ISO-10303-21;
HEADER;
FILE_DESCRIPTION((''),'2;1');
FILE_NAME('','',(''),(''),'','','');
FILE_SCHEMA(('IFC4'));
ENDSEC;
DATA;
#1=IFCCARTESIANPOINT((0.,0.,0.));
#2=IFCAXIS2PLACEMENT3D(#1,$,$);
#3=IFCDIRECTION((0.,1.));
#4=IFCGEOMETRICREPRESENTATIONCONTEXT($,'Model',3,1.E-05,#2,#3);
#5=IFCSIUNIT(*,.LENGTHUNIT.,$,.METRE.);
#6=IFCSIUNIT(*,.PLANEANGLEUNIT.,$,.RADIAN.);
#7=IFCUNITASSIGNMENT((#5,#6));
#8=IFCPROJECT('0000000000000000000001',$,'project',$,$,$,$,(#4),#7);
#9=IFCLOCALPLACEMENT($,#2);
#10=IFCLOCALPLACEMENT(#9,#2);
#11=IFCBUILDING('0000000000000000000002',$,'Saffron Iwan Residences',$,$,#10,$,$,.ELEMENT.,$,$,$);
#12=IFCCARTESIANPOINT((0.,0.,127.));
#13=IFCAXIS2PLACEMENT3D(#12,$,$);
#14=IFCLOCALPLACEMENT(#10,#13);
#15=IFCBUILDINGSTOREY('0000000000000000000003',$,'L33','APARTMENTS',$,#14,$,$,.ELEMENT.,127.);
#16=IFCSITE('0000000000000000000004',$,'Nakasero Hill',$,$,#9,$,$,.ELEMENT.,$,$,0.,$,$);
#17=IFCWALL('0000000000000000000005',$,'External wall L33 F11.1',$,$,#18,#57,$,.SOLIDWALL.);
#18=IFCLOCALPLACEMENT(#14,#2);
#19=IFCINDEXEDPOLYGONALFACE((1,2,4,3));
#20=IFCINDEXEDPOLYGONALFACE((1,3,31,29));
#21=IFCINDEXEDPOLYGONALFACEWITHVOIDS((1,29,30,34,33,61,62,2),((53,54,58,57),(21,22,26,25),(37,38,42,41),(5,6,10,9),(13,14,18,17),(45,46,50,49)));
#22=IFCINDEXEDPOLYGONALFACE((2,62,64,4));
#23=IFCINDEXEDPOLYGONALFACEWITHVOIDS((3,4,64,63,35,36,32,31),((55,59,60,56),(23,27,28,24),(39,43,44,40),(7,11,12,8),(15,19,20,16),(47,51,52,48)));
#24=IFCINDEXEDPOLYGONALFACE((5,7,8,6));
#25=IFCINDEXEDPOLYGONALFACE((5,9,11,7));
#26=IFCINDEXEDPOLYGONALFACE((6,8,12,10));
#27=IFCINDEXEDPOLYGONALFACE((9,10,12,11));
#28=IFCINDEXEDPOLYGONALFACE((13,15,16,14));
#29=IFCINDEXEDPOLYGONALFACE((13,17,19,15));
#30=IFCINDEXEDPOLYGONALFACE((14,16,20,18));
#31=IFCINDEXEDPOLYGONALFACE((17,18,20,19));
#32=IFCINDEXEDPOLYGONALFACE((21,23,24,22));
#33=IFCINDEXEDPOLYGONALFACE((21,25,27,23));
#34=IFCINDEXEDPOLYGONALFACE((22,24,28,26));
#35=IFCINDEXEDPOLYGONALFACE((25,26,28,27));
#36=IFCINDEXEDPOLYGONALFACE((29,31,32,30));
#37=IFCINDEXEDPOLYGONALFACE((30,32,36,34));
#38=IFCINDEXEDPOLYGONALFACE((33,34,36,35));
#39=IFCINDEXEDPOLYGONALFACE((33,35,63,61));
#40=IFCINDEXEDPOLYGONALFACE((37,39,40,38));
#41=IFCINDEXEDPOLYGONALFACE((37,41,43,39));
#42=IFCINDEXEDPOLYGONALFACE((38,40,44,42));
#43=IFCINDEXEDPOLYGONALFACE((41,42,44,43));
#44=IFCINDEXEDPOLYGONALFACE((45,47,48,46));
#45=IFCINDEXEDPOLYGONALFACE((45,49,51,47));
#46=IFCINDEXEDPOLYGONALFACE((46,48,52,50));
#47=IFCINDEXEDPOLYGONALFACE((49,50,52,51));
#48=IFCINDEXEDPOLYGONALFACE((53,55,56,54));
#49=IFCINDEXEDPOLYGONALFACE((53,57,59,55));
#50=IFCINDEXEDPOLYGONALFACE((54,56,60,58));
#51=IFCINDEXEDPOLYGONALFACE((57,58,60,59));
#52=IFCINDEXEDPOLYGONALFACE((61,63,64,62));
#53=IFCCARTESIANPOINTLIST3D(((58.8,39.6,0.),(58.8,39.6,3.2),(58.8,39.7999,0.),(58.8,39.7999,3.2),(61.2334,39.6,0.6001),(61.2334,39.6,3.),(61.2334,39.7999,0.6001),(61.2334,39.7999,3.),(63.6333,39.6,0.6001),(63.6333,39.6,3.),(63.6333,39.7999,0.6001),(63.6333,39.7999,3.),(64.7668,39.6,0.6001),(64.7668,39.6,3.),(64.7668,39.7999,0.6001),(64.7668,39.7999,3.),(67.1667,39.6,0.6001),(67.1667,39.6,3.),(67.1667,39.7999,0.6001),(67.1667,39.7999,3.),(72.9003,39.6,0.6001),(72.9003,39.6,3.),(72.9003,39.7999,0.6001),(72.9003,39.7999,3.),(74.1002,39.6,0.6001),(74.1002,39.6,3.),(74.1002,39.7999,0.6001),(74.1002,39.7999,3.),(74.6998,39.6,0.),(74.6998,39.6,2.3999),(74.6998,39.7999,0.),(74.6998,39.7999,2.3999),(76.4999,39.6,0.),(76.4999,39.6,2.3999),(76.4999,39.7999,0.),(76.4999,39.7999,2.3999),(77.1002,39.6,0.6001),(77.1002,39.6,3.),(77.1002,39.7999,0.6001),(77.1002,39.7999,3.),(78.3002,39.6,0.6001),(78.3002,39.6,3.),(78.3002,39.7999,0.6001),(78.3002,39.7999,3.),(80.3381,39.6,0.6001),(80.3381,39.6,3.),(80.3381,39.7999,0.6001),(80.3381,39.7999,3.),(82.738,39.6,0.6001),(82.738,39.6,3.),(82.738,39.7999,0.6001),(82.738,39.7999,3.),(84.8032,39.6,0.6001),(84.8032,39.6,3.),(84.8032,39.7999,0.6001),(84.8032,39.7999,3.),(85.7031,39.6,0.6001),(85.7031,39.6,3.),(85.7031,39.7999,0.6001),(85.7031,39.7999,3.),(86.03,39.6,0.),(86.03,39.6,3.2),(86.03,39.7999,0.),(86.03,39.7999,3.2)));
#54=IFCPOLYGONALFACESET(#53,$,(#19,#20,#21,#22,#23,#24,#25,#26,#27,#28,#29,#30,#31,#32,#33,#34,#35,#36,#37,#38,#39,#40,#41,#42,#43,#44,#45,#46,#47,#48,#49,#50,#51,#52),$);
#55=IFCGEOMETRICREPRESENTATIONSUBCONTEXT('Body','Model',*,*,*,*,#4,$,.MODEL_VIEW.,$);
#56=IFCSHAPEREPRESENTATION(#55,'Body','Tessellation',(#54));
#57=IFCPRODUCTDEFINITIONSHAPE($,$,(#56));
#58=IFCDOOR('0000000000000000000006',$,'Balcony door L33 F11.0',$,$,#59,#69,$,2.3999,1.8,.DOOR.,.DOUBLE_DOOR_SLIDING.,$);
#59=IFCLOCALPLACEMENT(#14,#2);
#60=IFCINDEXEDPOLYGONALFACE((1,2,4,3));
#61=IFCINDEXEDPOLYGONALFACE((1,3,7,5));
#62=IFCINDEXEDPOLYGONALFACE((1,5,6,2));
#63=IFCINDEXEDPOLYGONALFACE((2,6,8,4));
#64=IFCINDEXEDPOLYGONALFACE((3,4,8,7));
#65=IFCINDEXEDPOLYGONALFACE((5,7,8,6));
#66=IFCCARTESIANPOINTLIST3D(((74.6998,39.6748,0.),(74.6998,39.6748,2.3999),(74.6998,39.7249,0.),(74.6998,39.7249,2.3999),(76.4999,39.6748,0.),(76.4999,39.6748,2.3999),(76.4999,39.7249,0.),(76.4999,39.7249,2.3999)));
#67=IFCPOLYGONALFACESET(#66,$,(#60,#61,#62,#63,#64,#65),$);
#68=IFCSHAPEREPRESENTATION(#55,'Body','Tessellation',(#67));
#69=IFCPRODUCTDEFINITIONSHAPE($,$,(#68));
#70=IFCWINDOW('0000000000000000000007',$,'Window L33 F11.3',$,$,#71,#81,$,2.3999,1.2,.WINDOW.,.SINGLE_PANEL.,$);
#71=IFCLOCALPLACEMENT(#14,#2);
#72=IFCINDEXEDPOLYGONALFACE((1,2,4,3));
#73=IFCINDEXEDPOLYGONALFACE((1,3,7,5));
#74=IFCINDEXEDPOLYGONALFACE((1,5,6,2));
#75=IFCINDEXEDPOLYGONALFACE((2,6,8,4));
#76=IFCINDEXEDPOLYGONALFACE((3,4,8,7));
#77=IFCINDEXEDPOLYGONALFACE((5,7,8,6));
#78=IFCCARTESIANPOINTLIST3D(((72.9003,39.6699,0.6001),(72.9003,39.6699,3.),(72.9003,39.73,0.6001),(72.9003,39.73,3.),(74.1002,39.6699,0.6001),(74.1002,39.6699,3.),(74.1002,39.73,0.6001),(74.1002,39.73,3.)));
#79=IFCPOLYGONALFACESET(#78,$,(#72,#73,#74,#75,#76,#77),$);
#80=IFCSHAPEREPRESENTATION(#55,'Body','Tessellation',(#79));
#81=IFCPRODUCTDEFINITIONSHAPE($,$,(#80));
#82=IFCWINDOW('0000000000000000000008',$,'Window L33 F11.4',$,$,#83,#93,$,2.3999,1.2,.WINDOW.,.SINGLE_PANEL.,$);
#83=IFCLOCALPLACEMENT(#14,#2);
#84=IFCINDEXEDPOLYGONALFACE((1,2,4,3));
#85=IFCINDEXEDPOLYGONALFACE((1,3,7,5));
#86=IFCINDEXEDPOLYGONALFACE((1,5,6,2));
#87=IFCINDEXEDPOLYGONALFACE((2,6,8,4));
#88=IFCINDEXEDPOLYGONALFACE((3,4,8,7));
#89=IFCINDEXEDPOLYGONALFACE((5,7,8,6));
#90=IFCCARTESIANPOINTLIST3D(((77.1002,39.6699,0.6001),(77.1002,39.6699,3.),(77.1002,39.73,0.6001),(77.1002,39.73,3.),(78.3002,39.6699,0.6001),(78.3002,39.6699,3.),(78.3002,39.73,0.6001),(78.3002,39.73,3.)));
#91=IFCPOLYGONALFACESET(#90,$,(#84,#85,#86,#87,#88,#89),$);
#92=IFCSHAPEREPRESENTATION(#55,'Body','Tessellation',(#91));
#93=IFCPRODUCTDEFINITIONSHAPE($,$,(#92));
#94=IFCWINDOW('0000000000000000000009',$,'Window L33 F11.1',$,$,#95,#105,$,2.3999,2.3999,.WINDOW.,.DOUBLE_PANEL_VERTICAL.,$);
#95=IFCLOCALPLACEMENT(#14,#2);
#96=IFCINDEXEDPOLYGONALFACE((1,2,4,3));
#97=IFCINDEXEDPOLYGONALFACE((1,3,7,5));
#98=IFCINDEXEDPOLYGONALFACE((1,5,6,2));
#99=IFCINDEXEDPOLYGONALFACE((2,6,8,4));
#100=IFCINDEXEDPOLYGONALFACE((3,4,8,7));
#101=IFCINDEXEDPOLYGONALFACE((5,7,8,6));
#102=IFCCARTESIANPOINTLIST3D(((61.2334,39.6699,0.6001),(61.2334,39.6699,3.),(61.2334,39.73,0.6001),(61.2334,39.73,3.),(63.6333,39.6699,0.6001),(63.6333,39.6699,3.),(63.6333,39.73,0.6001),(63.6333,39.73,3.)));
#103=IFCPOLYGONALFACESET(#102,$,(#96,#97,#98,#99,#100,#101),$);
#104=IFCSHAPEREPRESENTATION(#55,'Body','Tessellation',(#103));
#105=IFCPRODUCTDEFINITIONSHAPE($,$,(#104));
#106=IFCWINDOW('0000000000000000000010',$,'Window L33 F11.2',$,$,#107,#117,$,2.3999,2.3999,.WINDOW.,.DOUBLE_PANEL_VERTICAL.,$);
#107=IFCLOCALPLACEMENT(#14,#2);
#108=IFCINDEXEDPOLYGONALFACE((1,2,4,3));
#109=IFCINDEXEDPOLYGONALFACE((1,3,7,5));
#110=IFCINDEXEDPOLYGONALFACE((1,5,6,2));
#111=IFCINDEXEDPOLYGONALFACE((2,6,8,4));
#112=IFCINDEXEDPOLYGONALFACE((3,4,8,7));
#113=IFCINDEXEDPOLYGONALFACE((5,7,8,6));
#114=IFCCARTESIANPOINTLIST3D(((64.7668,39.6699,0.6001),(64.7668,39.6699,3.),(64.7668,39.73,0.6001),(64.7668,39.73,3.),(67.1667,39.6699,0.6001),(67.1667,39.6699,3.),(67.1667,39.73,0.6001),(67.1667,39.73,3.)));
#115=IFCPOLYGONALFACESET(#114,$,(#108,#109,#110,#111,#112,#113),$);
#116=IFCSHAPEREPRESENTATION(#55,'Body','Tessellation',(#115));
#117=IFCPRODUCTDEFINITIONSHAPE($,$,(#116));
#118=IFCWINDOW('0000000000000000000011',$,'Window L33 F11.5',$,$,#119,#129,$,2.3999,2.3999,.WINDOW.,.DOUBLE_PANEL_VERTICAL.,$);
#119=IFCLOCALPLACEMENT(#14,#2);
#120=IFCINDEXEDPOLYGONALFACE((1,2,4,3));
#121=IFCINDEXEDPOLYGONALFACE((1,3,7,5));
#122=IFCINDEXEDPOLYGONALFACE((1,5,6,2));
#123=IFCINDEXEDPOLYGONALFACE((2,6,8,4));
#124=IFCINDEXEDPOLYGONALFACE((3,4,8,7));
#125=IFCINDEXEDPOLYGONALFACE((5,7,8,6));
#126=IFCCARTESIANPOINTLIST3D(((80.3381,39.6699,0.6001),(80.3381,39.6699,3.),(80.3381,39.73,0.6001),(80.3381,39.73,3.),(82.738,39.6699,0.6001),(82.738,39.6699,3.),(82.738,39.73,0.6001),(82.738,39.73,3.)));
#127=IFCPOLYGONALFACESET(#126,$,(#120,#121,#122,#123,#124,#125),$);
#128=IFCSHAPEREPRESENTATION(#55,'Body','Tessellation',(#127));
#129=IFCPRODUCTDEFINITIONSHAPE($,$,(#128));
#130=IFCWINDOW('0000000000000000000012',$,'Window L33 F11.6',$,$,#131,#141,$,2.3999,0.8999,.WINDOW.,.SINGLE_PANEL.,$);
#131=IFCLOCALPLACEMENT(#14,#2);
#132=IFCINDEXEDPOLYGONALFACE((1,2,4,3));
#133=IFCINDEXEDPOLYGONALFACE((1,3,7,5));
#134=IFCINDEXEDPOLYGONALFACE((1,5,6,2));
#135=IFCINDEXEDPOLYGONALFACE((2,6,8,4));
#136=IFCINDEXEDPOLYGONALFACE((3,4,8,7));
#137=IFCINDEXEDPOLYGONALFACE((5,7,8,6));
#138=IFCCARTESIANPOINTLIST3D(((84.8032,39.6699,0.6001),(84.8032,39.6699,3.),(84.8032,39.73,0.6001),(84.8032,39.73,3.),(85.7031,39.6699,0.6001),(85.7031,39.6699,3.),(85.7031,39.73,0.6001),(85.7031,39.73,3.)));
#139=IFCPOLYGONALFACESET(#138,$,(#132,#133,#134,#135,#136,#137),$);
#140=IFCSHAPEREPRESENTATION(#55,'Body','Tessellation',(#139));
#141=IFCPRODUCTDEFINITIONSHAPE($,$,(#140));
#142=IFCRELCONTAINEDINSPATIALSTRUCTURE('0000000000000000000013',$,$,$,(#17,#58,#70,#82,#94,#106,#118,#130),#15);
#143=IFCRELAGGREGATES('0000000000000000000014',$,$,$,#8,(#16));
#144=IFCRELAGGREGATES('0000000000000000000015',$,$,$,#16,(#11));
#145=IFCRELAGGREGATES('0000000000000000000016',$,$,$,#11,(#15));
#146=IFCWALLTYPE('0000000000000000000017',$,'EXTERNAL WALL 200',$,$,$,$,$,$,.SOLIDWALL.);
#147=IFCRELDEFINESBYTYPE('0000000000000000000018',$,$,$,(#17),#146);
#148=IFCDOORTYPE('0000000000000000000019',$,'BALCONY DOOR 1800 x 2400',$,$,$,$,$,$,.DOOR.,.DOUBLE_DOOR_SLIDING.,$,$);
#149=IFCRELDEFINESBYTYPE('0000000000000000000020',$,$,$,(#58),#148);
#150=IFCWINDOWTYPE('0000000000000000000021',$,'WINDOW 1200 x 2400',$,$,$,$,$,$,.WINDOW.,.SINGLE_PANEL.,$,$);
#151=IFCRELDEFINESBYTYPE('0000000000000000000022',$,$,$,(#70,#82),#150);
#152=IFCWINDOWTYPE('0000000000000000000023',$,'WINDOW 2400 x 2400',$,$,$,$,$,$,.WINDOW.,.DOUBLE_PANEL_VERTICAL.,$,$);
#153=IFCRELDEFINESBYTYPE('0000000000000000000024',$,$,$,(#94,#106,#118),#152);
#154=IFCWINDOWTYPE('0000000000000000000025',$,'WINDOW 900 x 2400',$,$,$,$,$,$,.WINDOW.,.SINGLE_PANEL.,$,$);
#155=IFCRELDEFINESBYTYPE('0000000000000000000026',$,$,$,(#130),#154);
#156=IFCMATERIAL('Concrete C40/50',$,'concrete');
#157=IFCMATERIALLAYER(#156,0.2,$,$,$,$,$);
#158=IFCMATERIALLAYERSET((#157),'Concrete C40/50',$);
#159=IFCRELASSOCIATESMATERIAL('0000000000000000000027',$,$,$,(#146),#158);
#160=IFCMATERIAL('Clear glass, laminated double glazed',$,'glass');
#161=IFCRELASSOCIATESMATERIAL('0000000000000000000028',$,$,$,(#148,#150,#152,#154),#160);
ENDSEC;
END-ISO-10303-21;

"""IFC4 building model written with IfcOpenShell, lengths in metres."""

from ifc_helpers import new_model, si_unit, direction, frame, frame_2d, origin, place, context, subcontext, project, spatial, rectangle, extrude, material, layer, layer_set, type_object, element, fill, save


model = new_model("IFC4")

# Units and contexts
model_context = context("Model", 3, precision=1e-05, world=origin(), true_north=direction((0.0, 1.0)))
body_context = subcontext(model_context, "Body", "Model", "MODEL_VIEW")
ifc_project = project(units=[si_unit("LENGTHUNIT", "METRE"), si_unit("PLANEANGLEUNIT", "RADIAN")], contexts=[model_context])

# Site, building, storey
site_placement = place(None, origin())
site = spatial("IfcSite", under=ifc_project, at=site_placement, Name="Nakasero Hill", CompositionType="ELEMENT", RefElevation=0.0)
building_placement = place(site_placement, origin())
building = spatial("IfcBuilding", under=site, at=building_placement, Name="Saffron Iwan Residences", CompositionType="ELEMENT")
storey_placement = place(building_placement, frame((0.0, 0.0, 127.0)))
storey = spatial("IfcBuildingStorey", under=building, at=storey_placement, Name="L33", Description="APARTMENTS", CompositionType="ELEMENT", Elevation=127.0)

# Wall, openings, door, windows
ifc_material_1 = material(Name="Concrete C40/50", Category="concrete")
ifc_layer_1 = layer(ifc_material_1, 0.2)
ifc_layer_set_1 = layer_set([ifc_layer_1], Name="Concrete C40/50")
wall_type_1 = type_object("IfcWallType", Name="EXTERNAL WALL 200", PredefinedType="SOLIDWALL", material=ifc_layer_set_1)
wall_1_placement = place(storey_placement, frame((58.8, 39.7, 0.0), z_axis=(0.0, 0.0, 1.0), x_axis=(1.0, 0.0, 0.0)))
wall_1 = element("IfcWall", 1, at=wall_1_placement, inside=storey, type_object=wall_type_1, Name="External wall L33 F11.1", PredefinedType="SOLIDWALL", context=body_context, shape_type="SweptSolid", body=[
    extrude(rectangle(XDim=27.23, YDim=0.2, at=frame_2d((13.615, 0.0))), origin(), (0.0, 0.0, 1.0), 3.2),
])
opening_1_placement = place(wall_1_placement, frame((15.8999, 0.0, 0.0)))
opening_1 = element("IfcOpeningElement", 2, at=opening_1_placement, cuts=wall_1, PredefinedType="OPENING", context=body_context, shape_type="SweptSolid", body=[
    extrude(rectangle(XDim=1.8, YDim=2.3999, at=frame_2d((0.8999, 1.2))), frame((0.0, 0.1099, 0.0), z_axis=(0.0, -1.0, 0.0), x_axis=(1.0, 0.0, 0.0)), (0.0, 0.0, 1.0), 0.22),
])
opening_2_placement = place(wall_1_placement, frame((2.4333, 0.0, 0.6001)))
opening_2 = element("IfcOpeningElement", 3, at=opening_2_placement, cuts=wall_1, PredefinedType="OPENING", context=body_context, shape_type="SweptSolid", body=[
    extrude(rectangle(XDim=2.3999, YDim=2.3999, at=frame_2d((1.2, 1.2))), frame((0.0, 0.1099, 0.0), z_axis=(0.0, -1.0, 0.0), x_axis=(1.0, 0.0, 0.0)), (0.0, 0.0, 1.0), 0.22),
])
opening_3_placement = place(wall_1_placement, frame((5.9668, 0.0, 0.6001)))
opening_3 = element("IfcOpeningElement", 4, at=opening_3_placement, cuts=wall_1, PredefinedType="OPENING", context=body_context, shape_type="SweptSolid", body=[
    extrude(rectangle(XDim=2.3999, YDim=2.3999, at=frame_2d((1.2, 1.2))), frame((0.0, 0.1099, 0.0), z_axis=(0.0, -1.0, 0.0), x_axis=(1.0, 0.0, 0.0)), (0.0, 0.0, 1.0), 0.22),
])
opening_4_placement = place(wall_1_placement, frame((14.1001, 0.0, 0.6001)))
opening_4 = element("IfcOpeningElement", 5, at=opening_4_placement, cuts=wall_1, PredefinedType="OPENING", context=body_context, shape_type="SweptSolid", body=[
    extrude(rectangle(XDim=1.2, YDim=2.3999, at=frame_2d((0.6001, 1.2))), frame((0.0, 0.1099, 0.0), z_axis=(0.0, -1.0, 0.0), x_axis=(1.0, 0.0, 0.0)), (0.0, 0.0, 1.0), 0.22),
])
opening_5_placement = place(wall_1_placement, frame((18.3, 0.0, 0.6001)))
opening_5 = element("IfcOpeningElement", 6, at=opening_5_placement, cuts=wall_1, PredefinedType="OPENING", context=body_context, shape_type="SweptSolid", body=[
    extrude(rectangle(XDim=1.2, YDim=2.3999, at=frame_2d((0.6001, 1.2))), frame((0.0, 0.1099, 0.0), z_axis=(0.0, -1.0, 0.0), x_axis=(1.0, 0.0, 0.0)), (0.0, 0.0, 1.0), 0.22),
])
opening_6_placement = place(wall_1_placement, frame((21.5381, 0.0, 0.6001)))
opening_6 = element("IfcOpeningElement", 7, at=opening_6_placement, cuts=wall_1, PredefinedType="OPENING", context=body_context, shape_type="SweptSolid", body=[
    extrude(rectangle(XDim=2.3999, YDim=2.3999, at=frame_2d((1.2, 1.2))), frame((0.0, 0.1099, 0.0), z_axis=(0.0, -1.0, 0.0), x_axis=(1.0, 0.0, 0.0)), (0.0, 0.0, 1.0), 0.22),
])
opening_7_placement = place(wall_1_placement, frame((26.0032, 0.0, 0.6001)))
opening_7 = element("IfcOpeningElement", 8, at=opening_7_placement, cuts=wall_1, PredefinedType="OPENING", context=body_context, shape_type="SweptSolid", body=[
    extrude(rectangle(XDim=0.8999, YDim=2.3999, at=frame_2d((0.45, 1.2))), frame((0.0, 0.1099, 0.0), z_axis=(0.0, -1.0, 0.0), x_axis=(1.0, 0.0, 0.0)), (0.0, 0.0, 1.0), 0.22),
])
ifc_material_2 = material(Name="Clear glass, laminated double glazed", Category="glass")
door_type_1 = type_object("IfcDoorType", Name="BALCONY DOOR 1800 x 2400", OperationType="DOUBLE_DOOR_SLIDING", PredefinedType="DOOR", material=ifc_material_2)
door_1_placement = place(opening_1_placement, origin())
door_1 = element("IfcDoor", 9, at=door_1_placement, inside=storey, type_object=door_type_1, Name="Balcony door L33 F11.0", OperationType="DOUBLE_DOOR_SLIDING", OverallHeight=2.3999, OverallWidth=1.8, PredefinedType="DOOR", context=body_context, shape_type="SweptSolid", body=[
    extrude(rectangle(XDim=1.8, YDim=2.3999, at=frame_2d((0.8999, 1.2))), frame((0.0, 0.0249, 0.0), z_axis=(0.0, -1.0, 0.0), x_axis=(1.0, 0.0, 0.0)), (0.0, 0.0, 1.0), 0.05),
])
fill(opening_1, door_1)
window_type_1 = type_object("IfcWindowType", Name="WINDOW 1200 x 2400", PartitioningType="SINGLE_PANEL", PredefinedType="WINDOW", material=ifc_material_2)
window_1_placement = place(opening_4_placement, origin())
window_1 = element("IfcWindow", 10, at=window_1_placement, inside=storey, type_object=window_type_1, Name="Window L33 F11.3", OverallHeight=2.3999, OverallWidth=1.2, PartitioningType="SINGLE_PANEL", PredefinedType="WINDOW", context=body_context, shape_type="SweptSolid", body=[
    extrude(rectangle(XDim=1.2, YDim=2.3999, at=frame_2d((0.6001, 1.2))), frame((0.0, 0.03, 0.0), z_axis=(0.0, -1.0, 0.0), x_axis=(1.0, 0.0, 0.0)), (0.0, 0.0, 1.0), 0.0601),
])
fill(opening_4, window_1)
window_2_placement = place(opening_5_placement, origin())
window_2 = element("IfcWindow", 11, at=window_2_placement, inside=storey, type_object=window_type_1, Name="Window L33 F11.4", OverallHeight=2.3999, OverallWidth=1.2, PartitioningType="SINGLE_PANEL", PredefinedType="WINDOW", context=body_context, shape_type="SweptSolid", body=[
    extrude(rectangle(XDim=1.2, YDim=2.3999, at=frame_2d((0.6001, 1.2))), frame((0.0, 0.03, 0.0), z_axis=(0.0, -1.0, 0.0), x_axis=(1.0, 0.0, 0.0)), (0.0, 0.0, 1.0), 0.0601),
])
fill(opening_5, window_2)
window_type_2 = type_object("IfcWindowType", Name="WINDOW 2400 x 2400", PartitioningType="DOUBLE_PANEL_VERTICAL", PredefinedType="WINDOW", material=ifc_material_2)
window_3_placement = place(opening_2_placement, origin())
window_3 = element("IfcWindow", 12, at=window_3_placement, inside=storey, type_object=window_type_2, Name="Window L33 F11.1", OverallHeight=2.3999, OverallWidth=2.3999, PartitioningType="DOUBLE_PANEL_VERTICAL", PredefinedType="WINDOW", context=body_context, shape_type="SweptSolid", body=[
    extrude(rectangle(XDim=2.3999, YDim=2.3999, at=frame_2d((1.2, 1.2))), frame((0.0, 0.03, 0.0), z_axis=(0.0, -1.0, 0.0), x_axis=(1.0, 0.0, 0.0)), (0.0, 0.0, 1.0), 0.0601),
])
fill(opening_2, window_3)
window_4_placement = place(opening_3_placement, origin())
window_4 = element("IfcWindow", 13, at=window_4_placement, inside=storey, type_object=window_type_2, Name="Window L33 F11.2", OverallHeight=2.3999, OverallWidth=2.3999, PartitioningType="DOUBLE_PANEL_VERTICAL", PredefinedType="WINDOW", context=body_context, shape_type="SweptSolid", body=[
    extrude(rectangle(XDim=2.3999, YDim=2.3999, at=frame_2d((1.2, 1.2))), frame((0.0, 0.03, 0.0), z_axis=(0.0, -1.0, 0.0), x_axis=(1.0, 0.0, 0.0)), (0.0, 0.0, 1.0), 0.0601),
])
fill(opening_3, window_4)
window_5_placement = place(opening_6_placement, origin())
window_5 = element("IfcWindow", 14, at=window_5_placement, inside=storey, type_object=window_type_2, Name="Window L33 F11.5", OverallHeight=2.3999, OverallWidth=2.3999, PartitioningType="DOUBLE_PANEL_VERTICAL", PredefinedType="WINDOW", context=body_context, shape_type="SweptSolid", body=[
    extrude(rectangle(XDim=2.3999, YDim=2.3999, at=frame_2d((1.2, 1.2))), frame((0.0, 0.03, 0.0), z_axis=(0.0, -1.0, 0.0), x_axis=(1.0, 0.0, 0.0)), (0.0, 0.0, 1.0), 0.0601),
])
fill(opening_6, window_5)
window_type_3 = type_object("IfcWindowType", Name="WINDOW 900 x 2400", PartitioningType="SINGLE_PANEL", PredefinedType="WINDOW", material=ifc_material_2)
window_6_placement = place(opening_7_placement, origin())
window_6 = element("IfcWindow", 15, at=window_6_placement, inside=storey, type_object=window_type_3, Name="Window L33 F11.6", OverallHeight=2.3999, OverallWidth=0.8999, PartitioningType="SINGLE_PANEL", PredefinedType="WINDOW", context=body_context, shape_type="SweptSolid", body=[
    extrude(rectangle(XDim=0.8999, YDim=2.3999, at=frame_2d((0.45, 1.2))), frame((0.0, 0.03, 0.0), z_axis=(0.0, -1.0, 0.0), x_axis=(1.0, 0.0, 0.0)), (0.0, 0.0, 1.0), 0.0601),
])
fill(opening_7, window_6)

save(model, "model.ifc")
